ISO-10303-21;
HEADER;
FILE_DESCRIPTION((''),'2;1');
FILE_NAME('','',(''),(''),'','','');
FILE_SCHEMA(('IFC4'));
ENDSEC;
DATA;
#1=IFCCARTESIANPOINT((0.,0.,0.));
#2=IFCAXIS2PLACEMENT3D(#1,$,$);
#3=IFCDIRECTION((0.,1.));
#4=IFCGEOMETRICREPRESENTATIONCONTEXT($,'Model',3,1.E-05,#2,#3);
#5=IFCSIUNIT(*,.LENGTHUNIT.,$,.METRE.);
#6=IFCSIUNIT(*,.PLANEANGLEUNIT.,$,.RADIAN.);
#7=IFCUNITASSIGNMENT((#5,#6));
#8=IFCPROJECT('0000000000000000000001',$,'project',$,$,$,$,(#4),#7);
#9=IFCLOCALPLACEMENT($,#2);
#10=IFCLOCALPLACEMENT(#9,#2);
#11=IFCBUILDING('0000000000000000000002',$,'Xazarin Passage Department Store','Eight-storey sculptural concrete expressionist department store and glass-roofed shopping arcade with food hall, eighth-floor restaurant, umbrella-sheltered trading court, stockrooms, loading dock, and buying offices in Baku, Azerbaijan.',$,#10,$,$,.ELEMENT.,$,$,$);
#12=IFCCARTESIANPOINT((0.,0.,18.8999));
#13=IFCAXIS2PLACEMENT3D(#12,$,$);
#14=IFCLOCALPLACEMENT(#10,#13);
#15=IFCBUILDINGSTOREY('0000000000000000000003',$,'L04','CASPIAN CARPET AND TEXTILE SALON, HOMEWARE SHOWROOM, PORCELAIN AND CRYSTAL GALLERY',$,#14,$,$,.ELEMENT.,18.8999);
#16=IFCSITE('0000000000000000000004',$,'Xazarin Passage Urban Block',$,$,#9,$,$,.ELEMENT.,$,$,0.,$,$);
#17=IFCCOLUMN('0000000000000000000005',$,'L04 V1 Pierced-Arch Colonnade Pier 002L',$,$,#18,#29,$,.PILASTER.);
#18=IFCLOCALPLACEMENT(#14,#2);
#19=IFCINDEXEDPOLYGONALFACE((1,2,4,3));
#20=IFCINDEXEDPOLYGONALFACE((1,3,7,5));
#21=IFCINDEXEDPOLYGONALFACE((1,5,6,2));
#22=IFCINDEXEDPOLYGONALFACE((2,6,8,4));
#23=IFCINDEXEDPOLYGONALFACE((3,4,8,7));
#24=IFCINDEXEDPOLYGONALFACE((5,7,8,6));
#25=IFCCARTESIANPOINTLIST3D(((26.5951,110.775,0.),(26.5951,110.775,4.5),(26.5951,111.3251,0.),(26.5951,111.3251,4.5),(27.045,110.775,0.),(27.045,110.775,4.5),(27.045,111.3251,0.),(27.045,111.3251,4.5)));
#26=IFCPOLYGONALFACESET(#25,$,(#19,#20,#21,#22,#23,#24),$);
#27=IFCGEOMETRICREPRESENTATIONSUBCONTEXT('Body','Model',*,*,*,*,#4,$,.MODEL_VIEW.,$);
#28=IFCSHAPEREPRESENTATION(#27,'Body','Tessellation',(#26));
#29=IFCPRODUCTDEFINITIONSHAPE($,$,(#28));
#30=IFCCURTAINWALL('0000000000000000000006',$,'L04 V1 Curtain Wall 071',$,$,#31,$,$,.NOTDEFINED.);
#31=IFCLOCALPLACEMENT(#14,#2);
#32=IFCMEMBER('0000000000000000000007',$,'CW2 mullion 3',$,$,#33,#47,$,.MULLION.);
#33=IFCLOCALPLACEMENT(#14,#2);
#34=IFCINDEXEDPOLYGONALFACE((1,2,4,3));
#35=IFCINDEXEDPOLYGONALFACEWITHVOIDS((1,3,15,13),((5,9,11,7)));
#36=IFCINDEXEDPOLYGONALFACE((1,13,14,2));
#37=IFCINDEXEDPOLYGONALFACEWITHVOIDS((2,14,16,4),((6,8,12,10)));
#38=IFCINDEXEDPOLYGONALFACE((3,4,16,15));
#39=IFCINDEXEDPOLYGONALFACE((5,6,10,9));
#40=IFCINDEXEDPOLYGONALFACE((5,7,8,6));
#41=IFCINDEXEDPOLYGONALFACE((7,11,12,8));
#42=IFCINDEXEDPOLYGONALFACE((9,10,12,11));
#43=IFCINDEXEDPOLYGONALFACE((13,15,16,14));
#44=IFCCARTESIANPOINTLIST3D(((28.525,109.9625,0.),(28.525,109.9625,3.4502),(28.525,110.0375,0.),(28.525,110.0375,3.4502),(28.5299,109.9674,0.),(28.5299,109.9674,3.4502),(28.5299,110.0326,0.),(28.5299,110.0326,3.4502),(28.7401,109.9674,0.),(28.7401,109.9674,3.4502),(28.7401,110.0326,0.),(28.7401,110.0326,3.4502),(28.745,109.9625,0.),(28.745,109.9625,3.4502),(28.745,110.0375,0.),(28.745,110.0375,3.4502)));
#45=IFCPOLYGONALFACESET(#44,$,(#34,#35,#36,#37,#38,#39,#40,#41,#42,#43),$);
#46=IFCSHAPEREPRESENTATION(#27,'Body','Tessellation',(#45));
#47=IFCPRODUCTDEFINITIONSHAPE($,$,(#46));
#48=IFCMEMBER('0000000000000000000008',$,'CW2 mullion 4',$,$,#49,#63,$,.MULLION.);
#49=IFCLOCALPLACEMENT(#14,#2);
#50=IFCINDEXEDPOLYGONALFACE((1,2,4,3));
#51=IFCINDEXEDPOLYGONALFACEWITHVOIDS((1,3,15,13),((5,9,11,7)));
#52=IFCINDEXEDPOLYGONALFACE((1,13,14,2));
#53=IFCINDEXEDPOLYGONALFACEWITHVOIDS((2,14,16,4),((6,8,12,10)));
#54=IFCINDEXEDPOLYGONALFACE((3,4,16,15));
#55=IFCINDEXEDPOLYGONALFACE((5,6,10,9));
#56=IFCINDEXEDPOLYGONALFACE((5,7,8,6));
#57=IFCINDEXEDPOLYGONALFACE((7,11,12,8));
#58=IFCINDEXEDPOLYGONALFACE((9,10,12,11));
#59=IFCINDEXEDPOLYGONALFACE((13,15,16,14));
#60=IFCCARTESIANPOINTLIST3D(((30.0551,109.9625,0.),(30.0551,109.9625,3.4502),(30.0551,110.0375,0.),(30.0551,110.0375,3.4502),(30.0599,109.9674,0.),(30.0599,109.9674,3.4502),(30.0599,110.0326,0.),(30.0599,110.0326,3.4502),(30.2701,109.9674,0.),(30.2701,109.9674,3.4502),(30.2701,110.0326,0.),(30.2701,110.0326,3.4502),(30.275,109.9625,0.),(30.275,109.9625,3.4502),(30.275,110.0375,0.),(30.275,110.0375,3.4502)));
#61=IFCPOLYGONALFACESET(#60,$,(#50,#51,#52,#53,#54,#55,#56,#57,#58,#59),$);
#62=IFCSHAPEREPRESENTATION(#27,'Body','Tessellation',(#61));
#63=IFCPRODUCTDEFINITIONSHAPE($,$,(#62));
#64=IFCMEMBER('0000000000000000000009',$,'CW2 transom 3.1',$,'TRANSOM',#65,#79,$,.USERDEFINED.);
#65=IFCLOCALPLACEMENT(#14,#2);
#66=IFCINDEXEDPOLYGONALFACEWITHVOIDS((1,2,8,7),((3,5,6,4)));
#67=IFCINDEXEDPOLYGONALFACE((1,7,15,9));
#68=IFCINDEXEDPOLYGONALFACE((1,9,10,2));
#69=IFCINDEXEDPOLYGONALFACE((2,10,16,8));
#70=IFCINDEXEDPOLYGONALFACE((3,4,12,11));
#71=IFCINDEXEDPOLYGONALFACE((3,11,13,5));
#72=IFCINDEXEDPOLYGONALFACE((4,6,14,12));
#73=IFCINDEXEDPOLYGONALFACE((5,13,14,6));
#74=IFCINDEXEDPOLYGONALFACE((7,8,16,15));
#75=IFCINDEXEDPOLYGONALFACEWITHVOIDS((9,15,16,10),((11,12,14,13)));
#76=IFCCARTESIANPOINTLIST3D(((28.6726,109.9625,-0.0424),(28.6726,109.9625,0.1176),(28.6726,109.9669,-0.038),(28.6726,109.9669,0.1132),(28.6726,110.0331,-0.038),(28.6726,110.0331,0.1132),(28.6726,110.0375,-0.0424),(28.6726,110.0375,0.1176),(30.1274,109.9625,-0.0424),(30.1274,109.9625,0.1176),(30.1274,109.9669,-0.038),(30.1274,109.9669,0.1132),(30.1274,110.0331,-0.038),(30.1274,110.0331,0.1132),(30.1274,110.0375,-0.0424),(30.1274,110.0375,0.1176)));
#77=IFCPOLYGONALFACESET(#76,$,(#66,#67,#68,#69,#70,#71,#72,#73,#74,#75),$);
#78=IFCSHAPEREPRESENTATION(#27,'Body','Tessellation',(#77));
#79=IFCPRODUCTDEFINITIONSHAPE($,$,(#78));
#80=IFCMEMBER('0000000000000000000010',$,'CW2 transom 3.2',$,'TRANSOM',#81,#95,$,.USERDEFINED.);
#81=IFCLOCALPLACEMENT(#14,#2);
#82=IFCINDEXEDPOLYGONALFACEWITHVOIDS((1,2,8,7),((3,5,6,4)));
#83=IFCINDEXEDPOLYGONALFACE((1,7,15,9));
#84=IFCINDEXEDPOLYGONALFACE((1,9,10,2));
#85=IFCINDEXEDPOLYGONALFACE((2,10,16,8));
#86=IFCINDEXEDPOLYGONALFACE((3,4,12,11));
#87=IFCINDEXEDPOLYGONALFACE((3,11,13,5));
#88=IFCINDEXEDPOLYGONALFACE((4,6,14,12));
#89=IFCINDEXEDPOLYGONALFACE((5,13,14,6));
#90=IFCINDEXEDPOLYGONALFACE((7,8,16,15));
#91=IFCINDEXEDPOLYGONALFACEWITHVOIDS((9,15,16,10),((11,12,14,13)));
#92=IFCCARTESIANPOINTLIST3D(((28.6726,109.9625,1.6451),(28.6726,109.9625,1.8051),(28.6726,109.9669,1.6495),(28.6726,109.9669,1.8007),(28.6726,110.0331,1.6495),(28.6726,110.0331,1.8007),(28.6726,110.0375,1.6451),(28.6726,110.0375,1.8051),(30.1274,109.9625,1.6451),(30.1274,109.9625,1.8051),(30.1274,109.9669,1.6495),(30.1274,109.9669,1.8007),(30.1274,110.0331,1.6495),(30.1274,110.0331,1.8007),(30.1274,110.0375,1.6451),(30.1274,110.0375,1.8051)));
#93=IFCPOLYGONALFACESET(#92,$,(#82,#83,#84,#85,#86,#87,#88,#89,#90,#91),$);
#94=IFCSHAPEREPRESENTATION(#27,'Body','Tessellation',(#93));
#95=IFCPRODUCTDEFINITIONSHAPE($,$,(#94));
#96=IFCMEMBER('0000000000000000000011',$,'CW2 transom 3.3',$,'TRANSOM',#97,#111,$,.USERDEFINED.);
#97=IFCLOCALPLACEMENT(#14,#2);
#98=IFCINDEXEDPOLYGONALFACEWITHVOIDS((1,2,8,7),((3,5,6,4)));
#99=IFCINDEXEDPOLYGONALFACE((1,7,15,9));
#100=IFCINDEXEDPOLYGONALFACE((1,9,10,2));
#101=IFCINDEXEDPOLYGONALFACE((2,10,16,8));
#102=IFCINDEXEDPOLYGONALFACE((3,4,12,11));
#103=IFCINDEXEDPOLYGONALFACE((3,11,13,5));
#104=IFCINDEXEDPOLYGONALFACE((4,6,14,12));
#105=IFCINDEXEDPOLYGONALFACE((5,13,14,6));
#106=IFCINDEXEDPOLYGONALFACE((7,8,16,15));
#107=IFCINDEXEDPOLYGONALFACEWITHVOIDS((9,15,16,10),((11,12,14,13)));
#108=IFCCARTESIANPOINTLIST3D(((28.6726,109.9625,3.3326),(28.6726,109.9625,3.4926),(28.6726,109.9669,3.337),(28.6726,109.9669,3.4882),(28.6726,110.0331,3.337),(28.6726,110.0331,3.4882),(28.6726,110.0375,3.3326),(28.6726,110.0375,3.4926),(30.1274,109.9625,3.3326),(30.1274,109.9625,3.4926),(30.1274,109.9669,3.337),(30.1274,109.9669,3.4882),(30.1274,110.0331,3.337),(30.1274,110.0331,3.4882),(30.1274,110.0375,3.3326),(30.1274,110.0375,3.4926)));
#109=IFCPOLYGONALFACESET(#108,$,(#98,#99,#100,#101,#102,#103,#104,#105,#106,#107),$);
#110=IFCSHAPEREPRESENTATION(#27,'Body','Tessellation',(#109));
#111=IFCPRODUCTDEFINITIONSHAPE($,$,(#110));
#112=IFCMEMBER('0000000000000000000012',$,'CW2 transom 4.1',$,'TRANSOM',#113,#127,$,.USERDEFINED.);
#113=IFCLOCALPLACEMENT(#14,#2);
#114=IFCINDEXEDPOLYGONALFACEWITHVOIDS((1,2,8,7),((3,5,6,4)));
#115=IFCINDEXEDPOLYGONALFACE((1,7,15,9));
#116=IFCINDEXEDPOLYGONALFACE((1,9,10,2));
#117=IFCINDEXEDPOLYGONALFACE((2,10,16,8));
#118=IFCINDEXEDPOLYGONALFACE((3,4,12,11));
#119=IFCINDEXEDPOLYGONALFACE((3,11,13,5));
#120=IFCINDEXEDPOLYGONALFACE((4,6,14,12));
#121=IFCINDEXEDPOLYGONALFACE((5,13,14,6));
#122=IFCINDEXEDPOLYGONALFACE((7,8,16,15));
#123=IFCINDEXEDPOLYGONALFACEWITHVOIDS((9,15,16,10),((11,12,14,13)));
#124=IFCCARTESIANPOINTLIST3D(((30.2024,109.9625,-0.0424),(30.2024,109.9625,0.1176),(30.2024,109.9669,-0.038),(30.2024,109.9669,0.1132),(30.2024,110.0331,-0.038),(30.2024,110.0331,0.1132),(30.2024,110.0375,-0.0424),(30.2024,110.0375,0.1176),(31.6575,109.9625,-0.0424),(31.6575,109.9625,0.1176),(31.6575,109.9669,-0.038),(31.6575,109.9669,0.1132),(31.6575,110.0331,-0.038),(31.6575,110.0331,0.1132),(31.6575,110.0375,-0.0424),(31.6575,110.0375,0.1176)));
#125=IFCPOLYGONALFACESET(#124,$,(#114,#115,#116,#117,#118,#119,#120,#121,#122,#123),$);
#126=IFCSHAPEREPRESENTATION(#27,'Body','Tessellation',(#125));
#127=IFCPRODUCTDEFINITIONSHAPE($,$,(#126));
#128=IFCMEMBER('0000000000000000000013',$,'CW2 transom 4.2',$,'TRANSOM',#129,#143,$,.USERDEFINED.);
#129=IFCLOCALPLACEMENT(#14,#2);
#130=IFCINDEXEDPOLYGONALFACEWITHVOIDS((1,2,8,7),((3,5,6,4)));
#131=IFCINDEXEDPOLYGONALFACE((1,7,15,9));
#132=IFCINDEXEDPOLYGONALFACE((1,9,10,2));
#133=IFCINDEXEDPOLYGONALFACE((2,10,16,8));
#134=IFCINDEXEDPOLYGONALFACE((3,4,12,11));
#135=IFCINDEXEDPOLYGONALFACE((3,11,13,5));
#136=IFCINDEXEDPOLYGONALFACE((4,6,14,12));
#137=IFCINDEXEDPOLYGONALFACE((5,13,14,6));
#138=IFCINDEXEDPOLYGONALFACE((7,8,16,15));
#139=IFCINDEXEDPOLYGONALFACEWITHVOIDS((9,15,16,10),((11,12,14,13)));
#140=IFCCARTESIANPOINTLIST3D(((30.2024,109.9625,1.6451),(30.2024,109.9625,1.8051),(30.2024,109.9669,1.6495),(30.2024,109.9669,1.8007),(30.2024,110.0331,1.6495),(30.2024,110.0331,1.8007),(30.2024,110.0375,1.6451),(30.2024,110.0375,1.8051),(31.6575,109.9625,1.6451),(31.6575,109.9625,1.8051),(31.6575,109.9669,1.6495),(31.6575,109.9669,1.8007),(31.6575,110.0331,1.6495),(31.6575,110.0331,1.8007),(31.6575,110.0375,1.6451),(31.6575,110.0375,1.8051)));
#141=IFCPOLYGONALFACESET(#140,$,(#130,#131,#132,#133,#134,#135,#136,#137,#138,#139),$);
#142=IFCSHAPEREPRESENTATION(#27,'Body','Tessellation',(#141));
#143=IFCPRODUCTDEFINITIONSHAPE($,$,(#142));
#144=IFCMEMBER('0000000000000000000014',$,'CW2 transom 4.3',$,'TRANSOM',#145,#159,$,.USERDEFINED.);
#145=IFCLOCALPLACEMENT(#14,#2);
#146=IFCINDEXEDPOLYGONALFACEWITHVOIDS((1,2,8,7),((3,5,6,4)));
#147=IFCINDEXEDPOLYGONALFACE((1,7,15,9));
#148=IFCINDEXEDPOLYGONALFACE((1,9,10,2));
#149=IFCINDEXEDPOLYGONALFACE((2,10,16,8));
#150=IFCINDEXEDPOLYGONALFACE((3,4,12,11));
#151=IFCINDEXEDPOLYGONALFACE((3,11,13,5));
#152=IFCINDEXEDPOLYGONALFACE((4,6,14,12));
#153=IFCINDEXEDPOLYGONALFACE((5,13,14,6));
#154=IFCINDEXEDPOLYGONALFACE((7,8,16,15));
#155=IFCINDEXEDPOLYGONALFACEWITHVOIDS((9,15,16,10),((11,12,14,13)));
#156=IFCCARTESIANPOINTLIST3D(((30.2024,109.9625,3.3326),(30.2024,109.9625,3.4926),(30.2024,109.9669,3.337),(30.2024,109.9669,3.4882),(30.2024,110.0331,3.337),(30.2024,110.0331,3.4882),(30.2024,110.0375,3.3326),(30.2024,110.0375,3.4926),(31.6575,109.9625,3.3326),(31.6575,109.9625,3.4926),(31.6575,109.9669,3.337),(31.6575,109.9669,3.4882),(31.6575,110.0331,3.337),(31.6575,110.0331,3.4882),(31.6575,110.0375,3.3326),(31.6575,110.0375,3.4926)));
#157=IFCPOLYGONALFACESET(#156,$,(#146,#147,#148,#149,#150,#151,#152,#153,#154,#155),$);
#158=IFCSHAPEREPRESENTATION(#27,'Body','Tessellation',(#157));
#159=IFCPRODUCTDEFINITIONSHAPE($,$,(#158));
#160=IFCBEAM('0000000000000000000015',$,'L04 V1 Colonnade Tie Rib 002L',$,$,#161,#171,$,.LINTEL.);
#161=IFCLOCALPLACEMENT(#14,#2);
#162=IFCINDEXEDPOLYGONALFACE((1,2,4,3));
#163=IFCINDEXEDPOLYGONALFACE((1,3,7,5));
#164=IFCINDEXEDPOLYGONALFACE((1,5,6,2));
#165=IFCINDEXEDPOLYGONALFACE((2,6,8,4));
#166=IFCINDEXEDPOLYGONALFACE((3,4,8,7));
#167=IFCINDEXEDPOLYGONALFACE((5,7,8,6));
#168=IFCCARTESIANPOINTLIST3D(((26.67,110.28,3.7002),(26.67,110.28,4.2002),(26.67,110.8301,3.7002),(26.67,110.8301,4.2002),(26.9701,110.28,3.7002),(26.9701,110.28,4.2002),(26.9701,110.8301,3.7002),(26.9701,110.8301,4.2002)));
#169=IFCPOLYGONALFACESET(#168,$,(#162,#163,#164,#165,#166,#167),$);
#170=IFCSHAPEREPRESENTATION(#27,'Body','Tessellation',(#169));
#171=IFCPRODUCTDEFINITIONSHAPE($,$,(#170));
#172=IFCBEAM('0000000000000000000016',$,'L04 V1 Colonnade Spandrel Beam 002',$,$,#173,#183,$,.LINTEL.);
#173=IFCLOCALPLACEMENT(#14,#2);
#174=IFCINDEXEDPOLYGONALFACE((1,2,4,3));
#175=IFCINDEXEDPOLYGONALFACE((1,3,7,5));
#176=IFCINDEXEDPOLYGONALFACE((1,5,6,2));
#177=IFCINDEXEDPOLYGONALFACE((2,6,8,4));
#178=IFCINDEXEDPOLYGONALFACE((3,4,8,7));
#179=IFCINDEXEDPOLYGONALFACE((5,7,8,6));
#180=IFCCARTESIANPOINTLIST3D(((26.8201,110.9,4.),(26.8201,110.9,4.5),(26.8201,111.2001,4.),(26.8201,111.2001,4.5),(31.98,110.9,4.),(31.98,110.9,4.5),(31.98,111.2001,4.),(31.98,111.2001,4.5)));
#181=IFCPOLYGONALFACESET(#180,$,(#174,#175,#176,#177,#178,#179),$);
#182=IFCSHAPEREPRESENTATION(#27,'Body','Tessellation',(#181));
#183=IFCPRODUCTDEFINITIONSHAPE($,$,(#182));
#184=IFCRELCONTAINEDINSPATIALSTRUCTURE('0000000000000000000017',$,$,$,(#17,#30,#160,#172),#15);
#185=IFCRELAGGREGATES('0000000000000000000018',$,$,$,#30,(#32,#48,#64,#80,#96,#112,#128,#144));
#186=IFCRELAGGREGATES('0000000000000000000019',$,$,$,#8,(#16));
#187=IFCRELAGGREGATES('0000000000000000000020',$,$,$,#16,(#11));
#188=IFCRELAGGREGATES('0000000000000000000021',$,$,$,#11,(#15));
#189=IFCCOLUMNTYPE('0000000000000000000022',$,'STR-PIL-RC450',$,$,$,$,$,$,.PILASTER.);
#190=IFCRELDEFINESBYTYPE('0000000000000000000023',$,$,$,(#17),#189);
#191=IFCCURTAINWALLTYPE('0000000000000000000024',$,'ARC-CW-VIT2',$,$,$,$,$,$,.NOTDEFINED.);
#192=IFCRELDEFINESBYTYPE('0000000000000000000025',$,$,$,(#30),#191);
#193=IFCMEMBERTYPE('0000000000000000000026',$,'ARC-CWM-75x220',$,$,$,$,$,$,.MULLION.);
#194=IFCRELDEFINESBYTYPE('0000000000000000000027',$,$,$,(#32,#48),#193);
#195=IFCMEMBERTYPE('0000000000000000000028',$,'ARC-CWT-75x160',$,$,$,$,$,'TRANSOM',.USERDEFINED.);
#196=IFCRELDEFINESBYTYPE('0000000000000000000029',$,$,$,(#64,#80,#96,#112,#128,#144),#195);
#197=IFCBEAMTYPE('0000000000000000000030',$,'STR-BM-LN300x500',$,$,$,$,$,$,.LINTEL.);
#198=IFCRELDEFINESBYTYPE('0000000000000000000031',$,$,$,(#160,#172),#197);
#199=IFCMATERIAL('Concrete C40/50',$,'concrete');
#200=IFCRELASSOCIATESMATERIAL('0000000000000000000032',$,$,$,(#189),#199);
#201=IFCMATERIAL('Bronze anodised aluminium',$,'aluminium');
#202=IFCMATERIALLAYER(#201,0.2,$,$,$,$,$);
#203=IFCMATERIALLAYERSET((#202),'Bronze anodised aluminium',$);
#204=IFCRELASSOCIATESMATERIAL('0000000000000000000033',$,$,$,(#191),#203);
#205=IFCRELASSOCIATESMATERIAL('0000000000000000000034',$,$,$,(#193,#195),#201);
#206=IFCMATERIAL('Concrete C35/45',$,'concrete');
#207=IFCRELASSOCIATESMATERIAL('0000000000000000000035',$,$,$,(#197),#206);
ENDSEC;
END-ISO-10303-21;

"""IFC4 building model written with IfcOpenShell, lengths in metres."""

from ifc_helpers import new_model, si_unit, direction, frame, origin, origin_2d, place, context, subcontext, project, spatial, rectangle, hollow_rectangle, extrude, material, layer, layer_set, material_profile, profile_set, type_object, element, aggregate, save


model = new_model("IFC4")

# Units and contexts
model_context = context("Model", 3, precision=1e-05, world=origin(), true_north=direction((0.0, 1.0)))
body_context = subcontext(model_context, "Body", "Model", "MODEL_VIEW")
ifc_project = project(units=[si_unit("LENGTHUNIT", "METRE"), si_unit("PLANEANGLEUNIT", "RADIAN")], contexts=[model_context])

# Site, building, storey
site_placement = place(None, origin())
site = spatial("IfcSite", under=ifc_project, at=site_placement, Name="Xazarin Passage Urban Block", CompositionType="ELEMENT", RefElevation=0.0)
building_placement = place(site_placement, origin())
building = spatial("IfcBuilding", under=site, at=building_placement, Name="Xazarin Passage Department Store", Description="Eight-storey sculptural concrete expressionist department store and glass-roofed shopping arcade with food hall, eighth-floor restaurant, umbrella-sheltered trading court, stockrooms, loading dock, and buying offices in Baku, Azerbaijan.", CompositionType="ELEMENT")
storey_placement = place(building_placement, frame((0.0, 0.0, 18.8999)))
storey = spatial("IfcBuildingStorey", under=building, at=storey_placement, Name="L04", Description="CASPIAN CARPET AND TEXTILE SALON, HOMEWARE SHOWROOM, PORCELAIN AND CRYSTAL GALLERY", CompositionType="ELEMENT", Elevation=18.8999)

# Column
ifc_material_1 = material(Name="Concrete C40/50", Category="concrete")
ifc_material_profile_1 = material_profile(ifc_material_1, rectangle(XDim=0.45, YDim=0.55, at=origin_2d()), Name="RC 450x550")
ifc_profile_set_1 = profile_set([ifc_material_profile_1], Name="Concrete C40/50")
column_type = type_object("IfcColumnType", Name="STR-PIL-RC450", PredefinedType="PILASTER", material=ifc_profile_set_1)
column_placement = place(storey_placement, frame((26.8201, 111.05, 0.0), z_axis=(0.0, 0.0, 1.0), x_axis=(1.0, 0.0, 0.0)))
element("IfcColumn", 1, at=column_placement, inside=storey, type_object=column_type, Name="L04 V1 Pierced-Arch Colonnade Pier 002L", PredefinedType="PILASTER", context=body_context, shape_type="SweptSolid", body=[
    extrude(rectangle(XDim=0.45, YDim=0.55, at=origin_2d()), origin(), (0.0, 0.0, 1.0), 4.5),
])

# Curtain wall, members
ifc_material_2 = material(Name="Bronze anodised aluminium", Category="aluminium")
ifc_layer_1 = layer(ifc_material_2, 0.2)
ifc_layer_set_1 = layer_set([ifc_layer_1], Name="Bronze anodised aluminium")
curtain_wall_type = type_object("IfcCurtainWallType", Name="ARC-CW-VIT2", PredefinedType="NOTDEFINED", material=ifc_layer_set_1)
curtain_wall_placement = place(storey_placement, origin())
curtain_wall = element("IfcCurtainWall", 2, at=curtain_wall_placement, inside=storey, type_object=curtain_wall_type, Name="L04 V1 Curtain Wall 071", PredefinedType="NOTDEFINED")
ifc_material_profile_2 = material_profile(ifc_material_2, hollow_rectangle(XDim=0.075, YDim=0.22, WallThickness=0.0049, at=origin_2d()), Name="ALU 75x220")
ifc_profile_set_2 = profile_set([ifc_material_profile_2], Name="Bronze anodised aluminium")
member_type_1 = type_object("IfcMemberType", Name="ARC-CWM-75x220", PredefinedType="MULLION", material=ifc_profile_set_2)
member_1_placement = place(storey_placement, frame((28.635, 110.0, 0.0), z_axis=(0.0, 0.0, 1.0), x_axis=(0.0, 1.0, 0.0)))
member_1 = element("IfcMember", 3, at=member_1_placement, type_object=member_type_1, Name="CW2 mullion 3", PredefinedType="MULLION", context=body_context, shape_type="SweptSolid", body=[
    extrude(hollow_rectangle(XDim=0.075, YDim=0.22, WallThickness=0.0049, at=origin_2d()), origin(), (0.0, 0.0, 1.0), 3.4502),
])
member_2_placement = place(storey_placement, frame((30.165, 110.0, 0.0), z_axis=(0.0, 0.0, 1.0), x_axis=(0.0, 1.0, 0.0)))
member_2 = element("IfcMember", 4, at=member_2_placement, type_object=member_type_1, Name="CW2 mullion 4", PredefinedType="MULLION", context=body_context, shape_type="SweptSolid", body=[
    extrude(hollow_rectangle(XDim=0.075, YDim=0.22, WallThickness=0.0049, at=origin_2d()), origin(), (0.0, 0.0, 1.0), 3.4502),
])
ifc_material_profile_3 = material_profile(ifc_material_2, hollow_rectangle(XDim=0.075, YDim=0.1599, WallThickness=0.0044, at=origin_2d()), Name="ALU 75x160")
ifc_profile_set_3 = profile_set([ifc_material_profile_3], Name="Bronze anodised aluminium")
member_type_2 = type_object("IfcMemberType", Name="ARC-CWT-75x160", ElementType="TRANSOM", PredefinedType="USERDEFINED", material=ifc_profile_set_3)
member_3_placement = place(storey_placement, frame((28.6726, 110.0, 0.0376), z_axis=(1.0, 0.0, 0.0), x_axis=(0.0, 1.0, 0.0)))
member_3 = element("IfcMember", 5, at=member_3_placement, type_object=member_type_2, Name="CW2 transom 3.1", ObjectType="TRANSOM", PredefinedType="USERDEFINED", context=body_context, shape_type="SweptSolid", body=[
    extrude(hollow_rectangle(XDim=0.075, YDim=0.1599, WallThickness=0.0044, at=origin_2d()), origin(), (0.0, 0.0, 1.0), 1.4548),
])
member_4_placement = place(storey_placement, frame((28.6726, 110.0, 1.7251), z_axis=(1.0, 0.0, 0.0), x_axis=(0.0, 1.0, 0.0)))
member_4 = element("IfcMember", 6, at=member_4_placement, type_object=member_type_2, Name="CW2 transom 3.2", ObjectType="TRANSOM", PredefinedType="USERDEFINED", context=body_context, shape_type="SweptSolid", body=[
    extrude(hollow_rectangle(XDim=0.075, YDim=0.1599, WallThickness=0.0044, at=origin_2d()), origin(), (0.0, 0.0, 1.0), 1.4548),
])
member_5_placement = place(storey_placement, frame((28.6726, 110.0, 3.4126), z_axis=(1.0, 0.0, 0.0), x_axis=(0.0, 1.0, 0.0)))
member_5 = element("IfcMember", 7, at=member_5_placement, type_object=member_type_2, Name="CW2 transom 3.3", ObjectType="TRANSOM", PredefinedType="USERDEFINED", context=body_context, shape_type="SweptSolid", body=[
    extrude(hollow_rectangle(XDim=0.075, YDim=0.1599, WallThickness=0.0044, at=origin_2d()), origin(), (0.0, 0.0, 1.0), 1.4548),
])
member_6_placement = place(storey_placement, frame((30.2024, 110.0, 0.0376), z_axis=(1.0, 0.0, 0.0), x_axis=(0.0, 1.0, 0.0)))
member_6 = element("IfcMember", 8, at=member_6_placement, type_object=member_type_2, Name="CW2 transom 4.1", ObjectType="TRANSOM", PredefinedType="USERDEFINED", context=body_context, shape_type="SweptSolid", body=[
    extrude(hollow_rectangle(XDim=0.075, YDim=0.1599, WallThickness=0.0044, at=origin_2d()), origin(), (0.0, 0.0, 1.0), 1.4551),
])
member_7_placement = place(storey_placement, frame((30.2024, 110.0, 1.7251), z_axis=(1.0, 0.0, 0.0), x_axis=(0.0, 1.0, 0.0)))
member_7 = element("IfcMember", 9, at=member_7_placement, type_object=member_type_2, Name="CW2 transom 4.2", ObjectType="TRANSOM", PredefinedType="USERDEFINED", context=body_context, shape_type="SweptSolid", body=[
    extrude(hollow_rectangle(XDim=0.075, YDim=0.1599, WallThickness=0.0044, at=origin_2d()), origin(), (0.0, 0.0, 1.0), 1.4551),
])
member_8_placement = place(storey_placement, frame((30.2024, 110.0, 3.4126), z_axis=(1.0, 0.0, 0.0), x_axis=(0.0, 1.0, 0.0)))
member_8 = element("IfcMember", 10, at=member_8_placement, type_object=member_type_2, Name="CW2 transom 4.3", ObjectType="TRANSOM", PredefinedType="USERDEFINED", context=body_context, shape_type="SweptSolid", body=[
    extrude(hollow_rectangle(XDim=0.075, YDim=0.1599, WallThickness=0.0044, at=origin_2d()), origin(), (0.0, 0.0, 1.0), 1.4551),
])

# Beams
ifc_material_3 = material(Name="Concrete C35/45", Category="concrete")
ifc_material_profile_4 = material_profile(ifc_material_3, rectangle(XDim=0.3, YDim=0.5, at=origin_2d()), Name="RC 300x500")
ifc_profile_set_4 = profile_set([ifc_material_profile_4], Name="Concrete C35/45")
beam_type = type_object("IfcBeamType", Name="STR-BM-LN300x500", PredefinedType="LINTEL", material=ifc_profile_set_4)
beam_1_placement = place(storey_placement, frame((26.8201, 110.28, 3.9502), z_axis=(0.0, 1.0, 0.0), x_axis=(-1.0, 0.0, 0.0)))
element("IfcBeam", 11, at=beam_1_placement, inside=storey, type_object=beam_type, Name="L04 V1 Colonnade Tie Rib 002L", PredefinedType="LINTEL", context=body_context, shape_type="SweptSolid", body=[
    extrude(rectangle(XDim=0.3, YDim=0.5, at=origin_2d()), origin(), (0.0, 0.0, 1.0), 0.55),
])
beam_2_placement = place(storey_placement, frame((26.8201, 111.05, 4.25), z_axis=(1.0, 0.0, 0.0), x_axis=(0.0, 1.0, 0.0)))
element("IfcBeam", 12, at=beam_2_placement, inside=storey, type_object=beam_type, Name="L04 V1 Colonnade Spandrel Beam 002", PredefinedType="LINTEL", context=body_context, shape_type="SweptSolid", body=[
    extrude(rectangle(XDim=0.3, YDim=0.5, at=origin_2d()), origin(), (0.0, 0.0, 1.0), 5.1599),
])

aggregate(curtain_wall, [member_1, member_2, member_3, member_4, member_5, member_6, member_7, member_8])

save(model, "model.ifc")
